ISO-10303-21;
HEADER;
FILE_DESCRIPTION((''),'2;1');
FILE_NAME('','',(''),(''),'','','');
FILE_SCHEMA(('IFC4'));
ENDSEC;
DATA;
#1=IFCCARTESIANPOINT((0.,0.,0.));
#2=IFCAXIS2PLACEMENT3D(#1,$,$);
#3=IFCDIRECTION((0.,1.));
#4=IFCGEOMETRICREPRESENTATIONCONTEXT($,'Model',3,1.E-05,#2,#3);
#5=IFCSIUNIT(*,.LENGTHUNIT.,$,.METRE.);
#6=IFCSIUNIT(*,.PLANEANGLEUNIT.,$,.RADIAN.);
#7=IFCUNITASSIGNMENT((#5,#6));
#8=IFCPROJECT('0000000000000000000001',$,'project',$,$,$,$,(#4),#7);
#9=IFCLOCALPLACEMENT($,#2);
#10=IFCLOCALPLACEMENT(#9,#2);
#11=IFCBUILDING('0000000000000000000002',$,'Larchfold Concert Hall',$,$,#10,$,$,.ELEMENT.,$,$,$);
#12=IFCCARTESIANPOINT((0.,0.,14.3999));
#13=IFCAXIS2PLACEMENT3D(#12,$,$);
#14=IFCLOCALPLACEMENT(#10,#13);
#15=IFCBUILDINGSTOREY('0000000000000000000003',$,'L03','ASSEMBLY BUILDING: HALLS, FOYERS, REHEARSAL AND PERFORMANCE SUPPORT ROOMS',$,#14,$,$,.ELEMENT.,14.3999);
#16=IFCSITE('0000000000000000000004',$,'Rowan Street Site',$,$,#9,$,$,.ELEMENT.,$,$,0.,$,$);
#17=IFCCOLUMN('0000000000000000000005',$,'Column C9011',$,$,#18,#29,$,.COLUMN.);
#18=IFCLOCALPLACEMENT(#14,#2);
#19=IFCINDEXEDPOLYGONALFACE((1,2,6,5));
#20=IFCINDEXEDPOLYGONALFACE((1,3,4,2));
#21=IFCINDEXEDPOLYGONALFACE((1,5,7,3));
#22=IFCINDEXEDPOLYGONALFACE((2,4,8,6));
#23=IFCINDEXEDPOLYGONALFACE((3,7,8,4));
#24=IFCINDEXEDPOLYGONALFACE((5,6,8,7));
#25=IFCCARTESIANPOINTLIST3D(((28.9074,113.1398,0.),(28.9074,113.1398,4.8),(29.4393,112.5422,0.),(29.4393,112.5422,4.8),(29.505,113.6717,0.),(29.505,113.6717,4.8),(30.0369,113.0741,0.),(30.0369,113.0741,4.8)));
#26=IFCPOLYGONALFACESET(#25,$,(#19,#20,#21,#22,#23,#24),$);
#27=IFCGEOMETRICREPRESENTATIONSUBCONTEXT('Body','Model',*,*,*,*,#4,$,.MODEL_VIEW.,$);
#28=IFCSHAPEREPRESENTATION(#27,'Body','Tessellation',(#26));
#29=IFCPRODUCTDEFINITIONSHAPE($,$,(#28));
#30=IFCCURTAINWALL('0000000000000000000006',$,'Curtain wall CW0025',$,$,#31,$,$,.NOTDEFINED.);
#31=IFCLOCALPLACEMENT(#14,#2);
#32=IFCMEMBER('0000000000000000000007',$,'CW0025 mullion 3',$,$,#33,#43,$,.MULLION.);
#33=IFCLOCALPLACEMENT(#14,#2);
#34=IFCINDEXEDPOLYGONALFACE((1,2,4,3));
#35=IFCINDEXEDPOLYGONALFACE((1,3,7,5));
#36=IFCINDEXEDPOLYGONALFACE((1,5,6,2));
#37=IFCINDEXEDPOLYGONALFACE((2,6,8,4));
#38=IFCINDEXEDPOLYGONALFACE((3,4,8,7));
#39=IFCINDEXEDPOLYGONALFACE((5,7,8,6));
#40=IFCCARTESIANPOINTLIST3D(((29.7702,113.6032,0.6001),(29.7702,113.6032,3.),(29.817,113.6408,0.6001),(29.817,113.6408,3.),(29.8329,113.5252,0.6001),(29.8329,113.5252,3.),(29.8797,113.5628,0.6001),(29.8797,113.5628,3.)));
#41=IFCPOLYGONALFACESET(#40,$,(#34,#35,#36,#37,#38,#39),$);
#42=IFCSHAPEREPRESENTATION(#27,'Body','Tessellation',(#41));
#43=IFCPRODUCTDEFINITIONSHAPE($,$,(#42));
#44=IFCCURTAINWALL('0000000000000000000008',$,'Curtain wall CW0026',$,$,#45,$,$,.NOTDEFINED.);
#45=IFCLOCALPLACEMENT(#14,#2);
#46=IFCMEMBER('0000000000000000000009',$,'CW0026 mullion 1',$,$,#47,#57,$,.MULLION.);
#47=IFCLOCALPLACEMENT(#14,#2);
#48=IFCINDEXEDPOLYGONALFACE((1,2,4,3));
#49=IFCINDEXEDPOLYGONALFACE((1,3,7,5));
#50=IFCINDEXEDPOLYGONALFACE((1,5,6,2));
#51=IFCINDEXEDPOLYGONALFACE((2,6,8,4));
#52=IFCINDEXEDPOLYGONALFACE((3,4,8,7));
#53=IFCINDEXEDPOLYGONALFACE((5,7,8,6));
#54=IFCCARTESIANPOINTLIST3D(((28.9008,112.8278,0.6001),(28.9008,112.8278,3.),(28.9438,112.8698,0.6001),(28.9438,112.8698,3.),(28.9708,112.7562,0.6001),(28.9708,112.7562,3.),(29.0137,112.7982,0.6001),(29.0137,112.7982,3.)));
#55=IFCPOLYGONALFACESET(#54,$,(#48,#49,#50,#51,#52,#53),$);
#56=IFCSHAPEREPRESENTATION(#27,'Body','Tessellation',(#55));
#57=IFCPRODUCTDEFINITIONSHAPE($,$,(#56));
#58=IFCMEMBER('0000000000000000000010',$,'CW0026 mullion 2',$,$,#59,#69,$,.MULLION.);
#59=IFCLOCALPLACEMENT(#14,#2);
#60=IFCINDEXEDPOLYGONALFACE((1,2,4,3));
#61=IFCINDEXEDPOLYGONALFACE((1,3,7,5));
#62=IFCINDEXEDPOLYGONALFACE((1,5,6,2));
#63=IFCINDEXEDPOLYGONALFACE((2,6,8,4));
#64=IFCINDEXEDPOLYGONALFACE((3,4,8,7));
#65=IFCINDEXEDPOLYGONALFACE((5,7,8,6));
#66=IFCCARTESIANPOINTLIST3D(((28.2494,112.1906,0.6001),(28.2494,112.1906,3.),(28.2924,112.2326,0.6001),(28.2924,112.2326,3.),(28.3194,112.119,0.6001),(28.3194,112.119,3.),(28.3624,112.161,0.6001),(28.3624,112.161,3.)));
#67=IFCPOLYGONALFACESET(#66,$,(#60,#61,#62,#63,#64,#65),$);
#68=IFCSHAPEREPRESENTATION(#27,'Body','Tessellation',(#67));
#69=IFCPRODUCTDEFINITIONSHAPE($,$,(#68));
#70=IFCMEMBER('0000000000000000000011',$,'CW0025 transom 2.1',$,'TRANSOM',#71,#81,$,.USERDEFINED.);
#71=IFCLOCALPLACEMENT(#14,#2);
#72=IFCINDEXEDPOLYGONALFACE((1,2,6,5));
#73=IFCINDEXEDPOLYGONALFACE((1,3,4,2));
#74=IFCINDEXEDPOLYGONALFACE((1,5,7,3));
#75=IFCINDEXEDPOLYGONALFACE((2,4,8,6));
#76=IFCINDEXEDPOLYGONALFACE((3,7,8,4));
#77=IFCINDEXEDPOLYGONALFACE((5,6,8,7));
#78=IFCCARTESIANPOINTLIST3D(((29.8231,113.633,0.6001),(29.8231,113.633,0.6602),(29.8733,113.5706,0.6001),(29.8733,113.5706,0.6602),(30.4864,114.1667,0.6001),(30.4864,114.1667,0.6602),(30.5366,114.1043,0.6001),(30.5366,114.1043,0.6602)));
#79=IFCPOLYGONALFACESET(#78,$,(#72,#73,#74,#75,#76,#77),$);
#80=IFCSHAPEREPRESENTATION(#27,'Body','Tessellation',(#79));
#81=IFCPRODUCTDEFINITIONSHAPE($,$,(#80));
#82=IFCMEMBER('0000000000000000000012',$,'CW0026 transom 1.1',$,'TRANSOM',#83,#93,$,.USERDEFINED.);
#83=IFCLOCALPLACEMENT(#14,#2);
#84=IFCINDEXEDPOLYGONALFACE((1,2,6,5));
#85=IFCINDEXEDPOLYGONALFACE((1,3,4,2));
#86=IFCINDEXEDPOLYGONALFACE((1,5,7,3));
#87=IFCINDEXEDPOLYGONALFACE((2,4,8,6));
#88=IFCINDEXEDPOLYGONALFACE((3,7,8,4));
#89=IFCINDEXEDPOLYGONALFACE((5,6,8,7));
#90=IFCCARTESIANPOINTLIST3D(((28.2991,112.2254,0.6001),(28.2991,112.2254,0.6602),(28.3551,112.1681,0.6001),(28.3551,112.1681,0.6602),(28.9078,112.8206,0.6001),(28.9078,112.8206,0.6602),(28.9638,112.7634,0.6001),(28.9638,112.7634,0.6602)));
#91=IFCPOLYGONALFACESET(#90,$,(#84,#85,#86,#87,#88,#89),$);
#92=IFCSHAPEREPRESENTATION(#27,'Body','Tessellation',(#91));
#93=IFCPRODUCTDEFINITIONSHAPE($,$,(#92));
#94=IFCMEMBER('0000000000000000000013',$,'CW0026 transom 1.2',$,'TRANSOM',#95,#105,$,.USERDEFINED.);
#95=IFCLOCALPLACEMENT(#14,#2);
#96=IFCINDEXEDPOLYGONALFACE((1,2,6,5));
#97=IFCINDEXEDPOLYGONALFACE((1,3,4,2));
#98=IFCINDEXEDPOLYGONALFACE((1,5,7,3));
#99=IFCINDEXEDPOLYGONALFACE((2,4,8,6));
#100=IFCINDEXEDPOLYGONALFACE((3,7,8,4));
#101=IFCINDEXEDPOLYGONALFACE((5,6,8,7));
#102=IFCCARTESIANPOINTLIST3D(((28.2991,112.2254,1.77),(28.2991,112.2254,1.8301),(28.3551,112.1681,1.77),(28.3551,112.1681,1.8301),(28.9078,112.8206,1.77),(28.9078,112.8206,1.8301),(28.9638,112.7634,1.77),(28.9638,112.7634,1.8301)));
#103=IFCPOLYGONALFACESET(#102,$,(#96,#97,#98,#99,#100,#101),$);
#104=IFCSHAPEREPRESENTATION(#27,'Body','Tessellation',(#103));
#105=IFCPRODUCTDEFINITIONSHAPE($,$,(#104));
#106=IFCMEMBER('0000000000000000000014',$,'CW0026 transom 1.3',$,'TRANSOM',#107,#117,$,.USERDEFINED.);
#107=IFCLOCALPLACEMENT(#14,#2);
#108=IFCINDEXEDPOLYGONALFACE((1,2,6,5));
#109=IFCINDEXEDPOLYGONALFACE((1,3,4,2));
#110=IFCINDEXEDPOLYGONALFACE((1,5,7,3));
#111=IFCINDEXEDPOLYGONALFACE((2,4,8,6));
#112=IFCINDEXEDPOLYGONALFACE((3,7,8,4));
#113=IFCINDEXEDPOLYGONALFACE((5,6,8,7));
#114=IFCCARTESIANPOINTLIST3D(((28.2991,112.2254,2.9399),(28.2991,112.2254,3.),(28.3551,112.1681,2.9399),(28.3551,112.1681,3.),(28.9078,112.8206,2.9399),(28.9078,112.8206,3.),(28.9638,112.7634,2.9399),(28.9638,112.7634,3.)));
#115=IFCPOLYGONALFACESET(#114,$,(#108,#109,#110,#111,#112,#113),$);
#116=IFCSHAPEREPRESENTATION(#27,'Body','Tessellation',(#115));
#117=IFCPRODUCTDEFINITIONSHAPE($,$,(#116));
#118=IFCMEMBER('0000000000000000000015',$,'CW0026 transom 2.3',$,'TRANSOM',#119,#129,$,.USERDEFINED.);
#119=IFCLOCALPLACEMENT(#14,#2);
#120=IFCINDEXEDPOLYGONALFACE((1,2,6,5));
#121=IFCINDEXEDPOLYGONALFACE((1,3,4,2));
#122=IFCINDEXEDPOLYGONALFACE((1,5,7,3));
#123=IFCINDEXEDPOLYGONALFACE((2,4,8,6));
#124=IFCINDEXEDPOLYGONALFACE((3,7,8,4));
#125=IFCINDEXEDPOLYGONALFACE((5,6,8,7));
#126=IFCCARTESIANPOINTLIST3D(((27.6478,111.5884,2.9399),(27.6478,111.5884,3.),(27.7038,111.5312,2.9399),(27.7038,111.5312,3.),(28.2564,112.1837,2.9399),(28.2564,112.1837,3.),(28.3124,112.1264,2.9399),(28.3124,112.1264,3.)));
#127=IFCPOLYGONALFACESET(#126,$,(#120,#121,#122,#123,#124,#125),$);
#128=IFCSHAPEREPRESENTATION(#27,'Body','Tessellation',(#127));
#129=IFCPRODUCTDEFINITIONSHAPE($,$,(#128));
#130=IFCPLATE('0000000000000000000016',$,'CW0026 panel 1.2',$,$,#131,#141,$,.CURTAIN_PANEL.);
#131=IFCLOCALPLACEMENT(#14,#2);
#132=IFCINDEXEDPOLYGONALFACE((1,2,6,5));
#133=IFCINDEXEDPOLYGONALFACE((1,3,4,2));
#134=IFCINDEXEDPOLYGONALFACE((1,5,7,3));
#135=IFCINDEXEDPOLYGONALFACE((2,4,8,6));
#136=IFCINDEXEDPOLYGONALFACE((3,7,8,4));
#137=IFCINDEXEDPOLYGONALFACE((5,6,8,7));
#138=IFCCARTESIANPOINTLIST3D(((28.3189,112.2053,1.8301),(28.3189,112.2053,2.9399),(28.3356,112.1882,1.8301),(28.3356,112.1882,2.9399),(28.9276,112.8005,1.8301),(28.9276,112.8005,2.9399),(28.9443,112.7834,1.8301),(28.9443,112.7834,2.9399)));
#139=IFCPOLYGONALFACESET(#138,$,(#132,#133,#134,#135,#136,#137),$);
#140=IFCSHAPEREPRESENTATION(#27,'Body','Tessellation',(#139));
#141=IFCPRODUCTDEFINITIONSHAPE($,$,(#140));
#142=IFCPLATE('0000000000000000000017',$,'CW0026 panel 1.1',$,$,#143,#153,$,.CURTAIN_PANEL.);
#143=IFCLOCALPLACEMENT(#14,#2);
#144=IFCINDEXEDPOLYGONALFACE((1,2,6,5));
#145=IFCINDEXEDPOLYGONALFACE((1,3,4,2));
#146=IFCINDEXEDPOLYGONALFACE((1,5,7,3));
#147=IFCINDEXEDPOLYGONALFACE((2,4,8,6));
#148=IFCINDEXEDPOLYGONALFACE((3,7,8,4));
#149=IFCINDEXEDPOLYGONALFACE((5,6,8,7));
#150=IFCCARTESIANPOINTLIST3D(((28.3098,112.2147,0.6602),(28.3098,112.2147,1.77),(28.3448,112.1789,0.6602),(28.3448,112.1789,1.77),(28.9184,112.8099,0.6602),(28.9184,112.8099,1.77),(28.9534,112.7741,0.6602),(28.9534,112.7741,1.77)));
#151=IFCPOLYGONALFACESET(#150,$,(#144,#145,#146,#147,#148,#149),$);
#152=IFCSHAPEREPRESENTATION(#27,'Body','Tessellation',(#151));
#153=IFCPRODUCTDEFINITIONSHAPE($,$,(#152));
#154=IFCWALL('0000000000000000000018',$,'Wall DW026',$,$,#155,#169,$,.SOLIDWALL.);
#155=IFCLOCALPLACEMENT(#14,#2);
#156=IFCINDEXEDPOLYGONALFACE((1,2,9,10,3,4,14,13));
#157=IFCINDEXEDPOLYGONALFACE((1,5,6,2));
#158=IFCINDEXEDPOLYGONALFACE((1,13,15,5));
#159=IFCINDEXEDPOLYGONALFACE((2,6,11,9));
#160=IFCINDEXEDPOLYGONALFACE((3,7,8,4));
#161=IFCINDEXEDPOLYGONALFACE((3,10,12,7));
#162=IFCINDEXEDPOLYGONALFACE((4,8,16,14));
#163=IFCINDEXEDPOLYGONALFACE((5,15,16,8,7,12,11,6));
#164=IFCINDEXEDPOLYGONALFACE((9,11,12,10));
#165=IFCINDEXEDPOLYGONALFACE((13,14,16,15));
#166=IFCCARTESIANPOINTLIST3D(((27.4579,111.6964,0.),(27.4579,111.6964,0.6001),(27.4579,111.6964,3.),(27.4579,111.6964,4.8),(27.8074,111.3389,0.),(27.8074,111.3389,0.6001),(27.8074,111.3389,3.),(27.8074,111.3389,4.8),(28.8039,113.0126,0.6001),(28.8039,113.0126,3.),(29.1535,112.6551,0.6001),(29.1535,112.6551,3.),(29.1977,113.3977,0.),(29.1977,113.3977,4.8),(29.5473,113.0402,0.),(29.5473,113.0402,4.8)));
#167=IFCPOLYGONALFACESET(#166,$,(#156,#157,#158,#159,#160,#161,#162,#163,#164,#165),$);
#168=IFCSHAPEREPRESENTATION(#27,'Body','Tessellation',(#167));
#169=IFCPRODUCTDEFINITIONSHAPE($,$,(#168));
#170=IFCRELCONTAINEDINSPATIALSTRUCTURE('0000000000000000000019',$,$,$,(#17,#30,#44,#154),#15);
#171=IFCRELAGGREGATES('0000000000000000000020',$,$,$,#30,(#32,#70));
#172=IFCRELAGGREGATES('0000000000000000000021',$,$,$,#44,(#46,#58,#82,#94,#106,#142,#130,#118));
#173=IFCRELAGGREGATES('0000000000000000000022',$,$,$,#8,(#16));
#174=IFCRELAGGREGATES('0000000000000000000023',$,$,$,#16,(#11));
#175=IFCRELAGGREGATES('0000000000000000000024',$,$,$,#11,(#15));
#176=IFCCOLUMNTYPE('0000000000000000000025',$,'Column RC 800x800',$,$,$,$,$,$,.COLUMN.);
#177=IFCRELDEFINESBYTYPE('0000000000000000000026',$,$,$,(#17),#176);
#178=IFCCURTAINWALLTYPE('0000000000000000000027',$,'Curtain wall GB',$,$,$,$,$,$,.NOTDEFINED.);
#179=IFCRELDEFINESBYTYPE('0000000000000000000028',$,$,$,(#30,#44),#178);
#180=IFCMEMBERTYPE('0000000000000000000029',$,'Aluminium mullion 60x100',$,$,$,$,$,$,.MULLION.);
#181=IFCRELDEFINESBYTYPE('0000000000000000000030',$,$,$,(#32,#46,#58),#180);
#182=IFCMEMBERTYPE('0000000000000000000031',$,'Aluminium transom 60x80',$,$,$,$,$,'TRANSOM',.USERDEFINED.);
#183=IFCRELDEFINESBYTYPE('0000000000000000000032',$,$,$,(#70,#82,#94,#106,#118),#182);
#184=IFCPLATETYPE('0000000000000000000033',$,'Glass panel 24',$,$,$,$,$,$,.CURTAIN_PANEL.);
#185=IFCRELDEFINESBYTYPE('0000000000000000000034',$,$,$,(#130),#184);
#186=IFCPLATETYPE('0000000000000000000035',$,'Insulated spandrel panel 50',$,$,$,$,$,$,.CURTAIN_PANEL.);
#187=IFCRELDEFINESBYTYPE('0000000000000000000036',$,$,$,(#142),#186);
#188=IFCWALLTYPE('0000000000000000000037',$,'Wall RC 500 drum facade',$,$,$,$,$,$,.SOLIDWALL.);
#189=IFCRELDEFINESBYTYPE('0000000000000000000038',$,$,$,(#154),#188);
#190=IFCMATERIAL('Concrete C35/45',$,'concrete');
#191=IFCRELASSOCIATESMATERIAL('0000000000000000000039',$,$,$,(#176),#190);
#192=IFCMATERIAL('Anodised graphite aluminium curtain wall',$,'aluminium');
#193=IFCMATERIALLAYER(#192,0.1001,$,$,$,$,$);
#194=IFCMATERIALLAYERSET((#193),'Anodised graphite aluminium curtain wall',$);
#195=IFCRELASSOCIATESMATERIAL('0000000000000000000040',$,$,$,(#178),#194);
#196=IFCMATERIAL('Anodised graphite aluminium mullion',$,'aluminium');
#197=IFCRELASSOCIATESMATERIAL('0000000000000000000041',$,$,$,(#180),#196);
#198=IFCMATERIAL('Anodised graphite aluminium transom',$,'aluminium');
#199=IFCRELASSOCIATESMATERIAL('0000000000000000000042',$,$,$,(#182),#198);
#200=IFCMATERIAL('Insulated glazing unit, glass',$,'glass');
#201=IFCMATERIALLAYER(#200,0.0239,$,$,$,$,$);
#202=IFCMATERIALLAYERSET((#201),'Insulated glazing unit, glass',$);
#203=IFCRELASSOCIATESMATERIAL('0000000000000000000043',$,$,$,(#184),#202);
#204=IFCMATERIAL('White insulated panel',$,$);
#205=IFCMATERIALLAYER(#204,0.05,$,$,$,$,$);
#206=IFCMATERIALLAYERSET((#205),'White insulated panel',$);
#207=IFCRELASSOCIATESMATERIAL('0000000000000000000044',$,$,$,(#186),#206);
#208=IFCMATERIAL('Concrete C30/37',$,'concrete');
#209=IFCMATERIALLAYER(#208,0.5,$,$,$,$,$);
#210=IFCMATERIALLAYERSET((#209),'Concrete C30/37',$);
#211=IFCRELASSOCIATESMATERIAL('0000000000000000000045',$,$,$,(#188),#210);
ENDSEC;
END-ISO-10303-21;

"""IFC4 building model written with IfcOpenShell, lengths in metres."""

from ifc_helpers import new_model, si_unit, direction, frame, frame_2d, origin, origin_2d, place, context, subcontext, project, spatial, rectangle, extrude, material, layer, layer_set, material_profile, profile_set, type_object, element, fill, aggregate, save


model = new_model("IFC4")

# Units and contexts
model_context = context("Model", 3, precision=1e-05, world=origin(), true_north=direction((0.0, 1.0)))
body_context = subcontext(model_context, "Body", "Model", "MODEL_VIEW")
ifc_project = project(units=[si_unit("LENGTHUNIT", "METRE"), si_unit("PLANEANGLEUNIT", "RADIAN")], contexts=[model_context])

# Site, building, storey
site_placement = place(None, origin())
site = spatial("IfcSite", under=ifc_project, at=site_placement, Name="Rowan Street Site", CompositionType="ELEMENT", RefElevation=0.0)
building_placement = place(site_placement, origin())
building = spatial("IfcBuilding", under=site, at=building_placement, Name="Larchfold Concert Hall", CompositionType="ELEMENT")
storey_placement = place(building_placement, frame((0.0, 0.0, 14.3999)))
storey = spatial("IfcBuildingStorey", under=building, at=storey_placement, Name="L03", Description="ASSEMBLY BUILDING: HALLS, FOYERS, REHEARSAL AND PERFORMANCE SUPPORT ROOMS", CompositionType="ELEMENT", Elevation=14.3999)

# Column
ifc_material_1 = material(Name="Concrete C35/45", Category="concrete")
ifc_material_profile_1 = material_profile(ifc_material_1, rectangle(XDim=0.8, YDim=0.8, at=origin_2d()))
ifc_profile_set_1 = profile_set([ifc_material_profile_1], Name="Concrete C35/45")
column_type = type_object("IfcColumnType", Name="Column RC 800x800", PredefinedType="COLUMN", material=ifc_profile_set_1)
column_placement = place(storey_placement, frame((29.4722, 113.1069, 0.0), z_axis=(0.0, 0.0, 1.0), x_axis=(0.746954, 0.664876, 0.0)))
element("IfcColumn", 1, at=column_placement, inside=storey, type_object=column_type, Name="Column C9011", PredefinedType="COLUMN", context=body_context, shape_type="SweptSolid", body=[
    extrude(rectangle(XDim=0.8, YDim=0.8, at=origin_2d()), origin(), (0.0, 0.0, 1.0), 4.8),
])

# Curtain wall, member
ifc_material_2 = material(Name="Anodised graphite aluminium curtain wall", Category="aluminium")
ifc_layer_1 = layer(ifc_material_2, 0.1001)
ifc_layer_set_1 = layer_set([ifc_layer_1], Name="Anodised graphite aluminium curtain wall")
curtain_wall_type = type_object("IfcCurtainWallType", Name="Curtain wall GB", PredefinedType="NOTDEFINED", material=ifc_layer_set_1)
curtain_wall_1_placement = place(storey_placement, origin())
curtain_wall_1 = element("IfcCurtainWall", 2, at=curtain_wall_1_placement, inside=storey, type_object=curtain_wall_type, Name="Curtain wall CW0025", PredefinedType="NOTDEFINED")
ifc_material_3 = material(Name="Anodised graphite aluminium mullion", Category="aluminium")
ifc_material_profile_2 = material_profile(ifc_material_3, rectangle(XDim=0.1001, YDim=0.0601, at=origin_2d()))
ifc_profile_set_2 = profile_set([ifc_material_profile_2], Name="Anodised graphite aluminium mullion")
member_type_1 = type_object("IfcMemberType", Name="Aluminium mullion 60x100", PredefinedType="MULLION", material=ifc_profile_set_2)
member_1_placement = place(storey_placement, frame((29.825, 113.583, 0.6001), z_axis=(0.0, 0.0, 1.0), x_axis=(0.627017, -0.779006, 0.0)))
member_1 = element("IfcMember", 3, at=member_1_placement, type_object=member_type_1, Name="CW0025 mullion 3", PredefinedType="MULLION", context=body_context, shape_type="SweptSolid", body=[
    extrude(rectangle(XDim=0.1001, YDim=0.0601, at=origin_2d()), origin(), (0.0, 0.0, 1.0), 2.3999),
])

# Curtain wall, members
curtain_wall_2_placement = place(storey_placement, origin())
curtain_wall_2 = element("IfcCurtainWall", 4, at=curtain_wall_2_placement, inside=storey, type_object=curtain_wall_type, Name="Curtain wall CW0026", PredefinedType="NOTDEFINED")
member_2_placement = place(storey_placement, frame((28.9573, 112.813, 0.6001), z_axis=(0.0, 0.0, 1.0), x_axis=(0.699152, -0.714974, 0.0)))
member_2 = element("IfcMember", 5, at=member_2_placement, type_object=member_type_1, Name="CW0026 mullion 1", PredefinedType="MULLION", context=body_context, shape_type="SweptSolid", body=[
    extrude(rectangle(XDim=0.1001, YDim=0.0601, at=origin_2d()), origin(), (0.0, 0.0, 1.0), 2.3999),
])
member_3_placement = place(storey_placement, frame((28.3059, 112.1758, 0.6001), z_axis=(0.0, 0.0, 1.0), x_axis=(0.699152, -0.714974, 0.0)))
member_3 = element("IfcMember", 6, at=member_3_placement, type_object=member_type_1, Name="CW0026 mullion 2", PredefinedType="MULLION", context=body_context, shape_type="SweptSolid", body=[
    extrude(rectangle(XDim=0.1001, YDim=0.0601, at=origin_2d()), origin(), (0.0, 0.0, 1.0), 2.3999),
])

# Members
ifc_material_4 = material(Name="Anodised graphite aluminium transom", Category="aluminium")
ifc_material_profile_3 = material_profile(ifc_material_4, rectangle(XDim=0.0801, YDim=0.0601, at=origin_2d()))
ifc_profile_set_3 = profile_set([ifc_material_profile_3], Name="Anodised graphite aluminium transom")
member_type_2 = type_object("IfcMemberType", Name="Aluminium transom 60x80", ElementType="TRANSOM", PredefinedType="USERDEFINED", material=ifc_profile_set_3)
member_4_placement = place(storey_placement, frame((30.5115, 114.1355, 0.6301), z_axis=(-0.779131, -0.626861, 0.0), x_axis=(0.626861, -0.779131, 0.0)))
member_4 = element("IfcMember", 7, at=member_4_placement, type_object=member_type_2, Name="CW0025 transom 2.1", ObjectType="TRANSOM", PredefinedType="USERDEFINED", context=body_context, shape_type="SweptSolid", body=[
    extrude(rectangle(XDim=0.0801, YDim=0.0601, at=origin_2d()), origin(), (0.0, 0.0, 1.0), 0.8513),
])
member_5_placement = place(storey_placement, frame((28.9358, 112.792, 0.6301), z_axis=(-0.714949, -0.699176, 0.0), x_axis=(0.699176, -0.714949, 0.0)))
member_5 = element("IfcMember", 8, at=member_5_placement, type_object=member_type_2, Name="CW0026 transom 1.1", ObjectType="TRANSOM", PredefinedType="USERDEFINED", context=body_context, shape_type="SweptSolid", body=[
    extrude(rectangle(XDim=0.0801, YDim=0.0601, at=origin_2d()), origin(), (0.0, 0.0, 1.0), 0.8513),
])
member_6_placement = place(storey_placement, frame((28.9358, 112.792, 1.8), z_axis=(-0.714949, -0.699176, 0.0), x_axis=(0.699176, -0.714949, 0.0)))
member_6 = element("IfcMember", 9, at=member_6_placement, type_object=member_type_2, Name="CW0026 transom 1.2", ObjectType="TRANSOM", PredefinedType="USERDEFINED", context=body_context, shape_type="SweptSolid", body=[
    extrude(rectangle(XDim=0.0801, YDim=0.0601, at=origin_2d()), origin(), (0.0, 0.0, 1.0), 0.8513),
])
member_7_placement = place(storey_placement, frame((28.9358, 112.792, 2.97), z_axis=(-0.714949, -0.699176, 0.0), x_axis=(0.699176, -0.714949, 0.0)))
member_7 = element("IfcMember", 10, at=member_7_placement, type_object=member_type_2, Name="CW0026 transom 1.3", ObjectType="TRANSOM", PredefinedType="USERDEFINED", context=body_context, shape_type="SweptSolid", body=[
    extrude(rectangle(XDim=0.0801, YDim=0.0601, at=origin_2d()), origin(), (0.0, 0.0, 1.0), 0.8513),
])
member_8_placement = place(storey_placement, frame((28.2844, 112.155, 2.97), z_axis=(-0.714949, -0.699176, 0.0), x_axis=(0.699176, -0.714949, 0.0)))
member_8 = element("IfcMember", 11, at=member_8_placement, type_object=member_type_2, Name="CW0026 transom 2.3", ObjectType="TRANSOM", PredefinedType="USERDEFINED", context=body_context, shape_type="SweptSolid", body=[
    extrude(rectangle(XDim=0.0801, YDim=0.0601, at=origin_2d()), origin(), (0.0, 0.0, 1.0), 0.8513),
])

# Plates
ifc_material_5 = material(Name="Insulated glazing unit, glass", Category="glass")
ifc_layer_2 = layer(ifc_material_5, 0.0239)
ifc_layer_set_2 = layer_set([ifc_layer_2], Name="Insulated glazing unit, glass")
plate_type_1 = type_object("IfcPlateType", Name="Glass panel 24", PredefinedType="CURTAIN_PANEL", material=ifc_layer_set_2)
plate_1_placement = place(storey_placement, frame((28.6316, 112.4944, 1.8301), z_axis=(0.0, 0.0, 1.0), x_axis=(-0.714974, -0.699152, 0.0)))
plate_1 = element("IfcPlate", 12, at=plate_1_placement, type_object=plate_type_1, Name="CW0026 panel 1.2", PredefinedType="CURTAIN_PANEL", context=body_context, shape_type="SweptSolid", body=[
    extrude(rectangle(XDim=0.8513, YDim=0.0239, at=origin_2d()), origin(), (0.0, 0.0, 1.0), 1.1099),
])
ifc_material_6 = material(Name="White insulated panel")
ifc_layer_3 = layer(ifc_material_6, 0.05)
ifc_layer_set_3 = layer_set([ifc_layer_3], Name="White insulated panel")
plate_type_2 = type_object("IfcPlateType", Name="Insulated spandrel panel 50", PredefinedType="CURTAIN_PANEL", material=ifc_layer_set_3)
aggregate(curtain_wall_1, [member_1, member_4])
plate_2_placement = place(storey_placement, frame((28.6316, 112.4944, 0.6602), z_axis=(0.0, 0.0, 1.0), x_axis=(-0.714974, -0.699152, 0.0)))
plate_2 = element("IfcPlate", 13, at=plate_2_placement, type_object=plate_type_2, Name="CW0026 panel 1.1", PredefinedType="CURTAIN_PANEL", context=body_context, shape_type="SweptSolid", body=[
    extrude(rectangle(XDim=0.8513, YDim=0.05, at=origin_2d()), origin(), (0.0, 0.0, 1.0), 1.1099),
])
aggregate(curtain_wall_2, [member_2, member_3, member_5, member_6, member_7, plate_2, plate_1, member_8])

# Wall, opening
ifc_material_7 = material(Name="Concrete C30/37", Category="concrete")
ifc_layer_4 = layer(ifc_material_7, 0.5)
ifc_layer_set_4 = layer_set([ifc_layer_4], Name="Concrete C30/37")
wall_type_1 = type_object("IfcWallType", Name="Wall RC 500 drum facade", PredefinedType="SOLIDWALL", material=ifc_layer_set_4)
wall_1_placement = place(storey_placement, frame((29.3726, 113.219, 0.0), z_axis=(0.0, 0.0, 1.0), x_axis=(-0.714989, -0.699136, 0.0)))
wall_1 = element("IfcWall", 14, at=wall_1_placement, inside=storey, type_object=wall_type_1, Name="Wall DW026", PredefinedType="SOLIDWALL", context=body_context, shape_type="SweptSolid", body=[
    extrude(rectangle(XDim=2.4333, YDim=0.5, at=frame_2d((1.2168, 0.0))), origin(), (0.0, 0.0, 1.0), 4.8),
])
opening_placement = place(wall_1_placement, frame((0.5508, 0.0, 0.6001)))
opening = element("IfcOpeningElement", 15, at=opening_placement, cuts=wall_1, PredefinedType="OPENING", context=body_context, shape_type="SweptSolid", body=[
    extrude(rectangle(XDim=1.8826, YDim=2.3999, at=frame_2d((0.9414, 1.2))), frame((0.0, 0.26, 0.0), z_axis=(0.0, -1.0, 0.0), x_axis=(1.0, 0.0, 0.0)), (0.0, 0.0, 1.0), 0.52),
])
fill(opening, curtain_wall_2)

save(model, "model.ifc")
